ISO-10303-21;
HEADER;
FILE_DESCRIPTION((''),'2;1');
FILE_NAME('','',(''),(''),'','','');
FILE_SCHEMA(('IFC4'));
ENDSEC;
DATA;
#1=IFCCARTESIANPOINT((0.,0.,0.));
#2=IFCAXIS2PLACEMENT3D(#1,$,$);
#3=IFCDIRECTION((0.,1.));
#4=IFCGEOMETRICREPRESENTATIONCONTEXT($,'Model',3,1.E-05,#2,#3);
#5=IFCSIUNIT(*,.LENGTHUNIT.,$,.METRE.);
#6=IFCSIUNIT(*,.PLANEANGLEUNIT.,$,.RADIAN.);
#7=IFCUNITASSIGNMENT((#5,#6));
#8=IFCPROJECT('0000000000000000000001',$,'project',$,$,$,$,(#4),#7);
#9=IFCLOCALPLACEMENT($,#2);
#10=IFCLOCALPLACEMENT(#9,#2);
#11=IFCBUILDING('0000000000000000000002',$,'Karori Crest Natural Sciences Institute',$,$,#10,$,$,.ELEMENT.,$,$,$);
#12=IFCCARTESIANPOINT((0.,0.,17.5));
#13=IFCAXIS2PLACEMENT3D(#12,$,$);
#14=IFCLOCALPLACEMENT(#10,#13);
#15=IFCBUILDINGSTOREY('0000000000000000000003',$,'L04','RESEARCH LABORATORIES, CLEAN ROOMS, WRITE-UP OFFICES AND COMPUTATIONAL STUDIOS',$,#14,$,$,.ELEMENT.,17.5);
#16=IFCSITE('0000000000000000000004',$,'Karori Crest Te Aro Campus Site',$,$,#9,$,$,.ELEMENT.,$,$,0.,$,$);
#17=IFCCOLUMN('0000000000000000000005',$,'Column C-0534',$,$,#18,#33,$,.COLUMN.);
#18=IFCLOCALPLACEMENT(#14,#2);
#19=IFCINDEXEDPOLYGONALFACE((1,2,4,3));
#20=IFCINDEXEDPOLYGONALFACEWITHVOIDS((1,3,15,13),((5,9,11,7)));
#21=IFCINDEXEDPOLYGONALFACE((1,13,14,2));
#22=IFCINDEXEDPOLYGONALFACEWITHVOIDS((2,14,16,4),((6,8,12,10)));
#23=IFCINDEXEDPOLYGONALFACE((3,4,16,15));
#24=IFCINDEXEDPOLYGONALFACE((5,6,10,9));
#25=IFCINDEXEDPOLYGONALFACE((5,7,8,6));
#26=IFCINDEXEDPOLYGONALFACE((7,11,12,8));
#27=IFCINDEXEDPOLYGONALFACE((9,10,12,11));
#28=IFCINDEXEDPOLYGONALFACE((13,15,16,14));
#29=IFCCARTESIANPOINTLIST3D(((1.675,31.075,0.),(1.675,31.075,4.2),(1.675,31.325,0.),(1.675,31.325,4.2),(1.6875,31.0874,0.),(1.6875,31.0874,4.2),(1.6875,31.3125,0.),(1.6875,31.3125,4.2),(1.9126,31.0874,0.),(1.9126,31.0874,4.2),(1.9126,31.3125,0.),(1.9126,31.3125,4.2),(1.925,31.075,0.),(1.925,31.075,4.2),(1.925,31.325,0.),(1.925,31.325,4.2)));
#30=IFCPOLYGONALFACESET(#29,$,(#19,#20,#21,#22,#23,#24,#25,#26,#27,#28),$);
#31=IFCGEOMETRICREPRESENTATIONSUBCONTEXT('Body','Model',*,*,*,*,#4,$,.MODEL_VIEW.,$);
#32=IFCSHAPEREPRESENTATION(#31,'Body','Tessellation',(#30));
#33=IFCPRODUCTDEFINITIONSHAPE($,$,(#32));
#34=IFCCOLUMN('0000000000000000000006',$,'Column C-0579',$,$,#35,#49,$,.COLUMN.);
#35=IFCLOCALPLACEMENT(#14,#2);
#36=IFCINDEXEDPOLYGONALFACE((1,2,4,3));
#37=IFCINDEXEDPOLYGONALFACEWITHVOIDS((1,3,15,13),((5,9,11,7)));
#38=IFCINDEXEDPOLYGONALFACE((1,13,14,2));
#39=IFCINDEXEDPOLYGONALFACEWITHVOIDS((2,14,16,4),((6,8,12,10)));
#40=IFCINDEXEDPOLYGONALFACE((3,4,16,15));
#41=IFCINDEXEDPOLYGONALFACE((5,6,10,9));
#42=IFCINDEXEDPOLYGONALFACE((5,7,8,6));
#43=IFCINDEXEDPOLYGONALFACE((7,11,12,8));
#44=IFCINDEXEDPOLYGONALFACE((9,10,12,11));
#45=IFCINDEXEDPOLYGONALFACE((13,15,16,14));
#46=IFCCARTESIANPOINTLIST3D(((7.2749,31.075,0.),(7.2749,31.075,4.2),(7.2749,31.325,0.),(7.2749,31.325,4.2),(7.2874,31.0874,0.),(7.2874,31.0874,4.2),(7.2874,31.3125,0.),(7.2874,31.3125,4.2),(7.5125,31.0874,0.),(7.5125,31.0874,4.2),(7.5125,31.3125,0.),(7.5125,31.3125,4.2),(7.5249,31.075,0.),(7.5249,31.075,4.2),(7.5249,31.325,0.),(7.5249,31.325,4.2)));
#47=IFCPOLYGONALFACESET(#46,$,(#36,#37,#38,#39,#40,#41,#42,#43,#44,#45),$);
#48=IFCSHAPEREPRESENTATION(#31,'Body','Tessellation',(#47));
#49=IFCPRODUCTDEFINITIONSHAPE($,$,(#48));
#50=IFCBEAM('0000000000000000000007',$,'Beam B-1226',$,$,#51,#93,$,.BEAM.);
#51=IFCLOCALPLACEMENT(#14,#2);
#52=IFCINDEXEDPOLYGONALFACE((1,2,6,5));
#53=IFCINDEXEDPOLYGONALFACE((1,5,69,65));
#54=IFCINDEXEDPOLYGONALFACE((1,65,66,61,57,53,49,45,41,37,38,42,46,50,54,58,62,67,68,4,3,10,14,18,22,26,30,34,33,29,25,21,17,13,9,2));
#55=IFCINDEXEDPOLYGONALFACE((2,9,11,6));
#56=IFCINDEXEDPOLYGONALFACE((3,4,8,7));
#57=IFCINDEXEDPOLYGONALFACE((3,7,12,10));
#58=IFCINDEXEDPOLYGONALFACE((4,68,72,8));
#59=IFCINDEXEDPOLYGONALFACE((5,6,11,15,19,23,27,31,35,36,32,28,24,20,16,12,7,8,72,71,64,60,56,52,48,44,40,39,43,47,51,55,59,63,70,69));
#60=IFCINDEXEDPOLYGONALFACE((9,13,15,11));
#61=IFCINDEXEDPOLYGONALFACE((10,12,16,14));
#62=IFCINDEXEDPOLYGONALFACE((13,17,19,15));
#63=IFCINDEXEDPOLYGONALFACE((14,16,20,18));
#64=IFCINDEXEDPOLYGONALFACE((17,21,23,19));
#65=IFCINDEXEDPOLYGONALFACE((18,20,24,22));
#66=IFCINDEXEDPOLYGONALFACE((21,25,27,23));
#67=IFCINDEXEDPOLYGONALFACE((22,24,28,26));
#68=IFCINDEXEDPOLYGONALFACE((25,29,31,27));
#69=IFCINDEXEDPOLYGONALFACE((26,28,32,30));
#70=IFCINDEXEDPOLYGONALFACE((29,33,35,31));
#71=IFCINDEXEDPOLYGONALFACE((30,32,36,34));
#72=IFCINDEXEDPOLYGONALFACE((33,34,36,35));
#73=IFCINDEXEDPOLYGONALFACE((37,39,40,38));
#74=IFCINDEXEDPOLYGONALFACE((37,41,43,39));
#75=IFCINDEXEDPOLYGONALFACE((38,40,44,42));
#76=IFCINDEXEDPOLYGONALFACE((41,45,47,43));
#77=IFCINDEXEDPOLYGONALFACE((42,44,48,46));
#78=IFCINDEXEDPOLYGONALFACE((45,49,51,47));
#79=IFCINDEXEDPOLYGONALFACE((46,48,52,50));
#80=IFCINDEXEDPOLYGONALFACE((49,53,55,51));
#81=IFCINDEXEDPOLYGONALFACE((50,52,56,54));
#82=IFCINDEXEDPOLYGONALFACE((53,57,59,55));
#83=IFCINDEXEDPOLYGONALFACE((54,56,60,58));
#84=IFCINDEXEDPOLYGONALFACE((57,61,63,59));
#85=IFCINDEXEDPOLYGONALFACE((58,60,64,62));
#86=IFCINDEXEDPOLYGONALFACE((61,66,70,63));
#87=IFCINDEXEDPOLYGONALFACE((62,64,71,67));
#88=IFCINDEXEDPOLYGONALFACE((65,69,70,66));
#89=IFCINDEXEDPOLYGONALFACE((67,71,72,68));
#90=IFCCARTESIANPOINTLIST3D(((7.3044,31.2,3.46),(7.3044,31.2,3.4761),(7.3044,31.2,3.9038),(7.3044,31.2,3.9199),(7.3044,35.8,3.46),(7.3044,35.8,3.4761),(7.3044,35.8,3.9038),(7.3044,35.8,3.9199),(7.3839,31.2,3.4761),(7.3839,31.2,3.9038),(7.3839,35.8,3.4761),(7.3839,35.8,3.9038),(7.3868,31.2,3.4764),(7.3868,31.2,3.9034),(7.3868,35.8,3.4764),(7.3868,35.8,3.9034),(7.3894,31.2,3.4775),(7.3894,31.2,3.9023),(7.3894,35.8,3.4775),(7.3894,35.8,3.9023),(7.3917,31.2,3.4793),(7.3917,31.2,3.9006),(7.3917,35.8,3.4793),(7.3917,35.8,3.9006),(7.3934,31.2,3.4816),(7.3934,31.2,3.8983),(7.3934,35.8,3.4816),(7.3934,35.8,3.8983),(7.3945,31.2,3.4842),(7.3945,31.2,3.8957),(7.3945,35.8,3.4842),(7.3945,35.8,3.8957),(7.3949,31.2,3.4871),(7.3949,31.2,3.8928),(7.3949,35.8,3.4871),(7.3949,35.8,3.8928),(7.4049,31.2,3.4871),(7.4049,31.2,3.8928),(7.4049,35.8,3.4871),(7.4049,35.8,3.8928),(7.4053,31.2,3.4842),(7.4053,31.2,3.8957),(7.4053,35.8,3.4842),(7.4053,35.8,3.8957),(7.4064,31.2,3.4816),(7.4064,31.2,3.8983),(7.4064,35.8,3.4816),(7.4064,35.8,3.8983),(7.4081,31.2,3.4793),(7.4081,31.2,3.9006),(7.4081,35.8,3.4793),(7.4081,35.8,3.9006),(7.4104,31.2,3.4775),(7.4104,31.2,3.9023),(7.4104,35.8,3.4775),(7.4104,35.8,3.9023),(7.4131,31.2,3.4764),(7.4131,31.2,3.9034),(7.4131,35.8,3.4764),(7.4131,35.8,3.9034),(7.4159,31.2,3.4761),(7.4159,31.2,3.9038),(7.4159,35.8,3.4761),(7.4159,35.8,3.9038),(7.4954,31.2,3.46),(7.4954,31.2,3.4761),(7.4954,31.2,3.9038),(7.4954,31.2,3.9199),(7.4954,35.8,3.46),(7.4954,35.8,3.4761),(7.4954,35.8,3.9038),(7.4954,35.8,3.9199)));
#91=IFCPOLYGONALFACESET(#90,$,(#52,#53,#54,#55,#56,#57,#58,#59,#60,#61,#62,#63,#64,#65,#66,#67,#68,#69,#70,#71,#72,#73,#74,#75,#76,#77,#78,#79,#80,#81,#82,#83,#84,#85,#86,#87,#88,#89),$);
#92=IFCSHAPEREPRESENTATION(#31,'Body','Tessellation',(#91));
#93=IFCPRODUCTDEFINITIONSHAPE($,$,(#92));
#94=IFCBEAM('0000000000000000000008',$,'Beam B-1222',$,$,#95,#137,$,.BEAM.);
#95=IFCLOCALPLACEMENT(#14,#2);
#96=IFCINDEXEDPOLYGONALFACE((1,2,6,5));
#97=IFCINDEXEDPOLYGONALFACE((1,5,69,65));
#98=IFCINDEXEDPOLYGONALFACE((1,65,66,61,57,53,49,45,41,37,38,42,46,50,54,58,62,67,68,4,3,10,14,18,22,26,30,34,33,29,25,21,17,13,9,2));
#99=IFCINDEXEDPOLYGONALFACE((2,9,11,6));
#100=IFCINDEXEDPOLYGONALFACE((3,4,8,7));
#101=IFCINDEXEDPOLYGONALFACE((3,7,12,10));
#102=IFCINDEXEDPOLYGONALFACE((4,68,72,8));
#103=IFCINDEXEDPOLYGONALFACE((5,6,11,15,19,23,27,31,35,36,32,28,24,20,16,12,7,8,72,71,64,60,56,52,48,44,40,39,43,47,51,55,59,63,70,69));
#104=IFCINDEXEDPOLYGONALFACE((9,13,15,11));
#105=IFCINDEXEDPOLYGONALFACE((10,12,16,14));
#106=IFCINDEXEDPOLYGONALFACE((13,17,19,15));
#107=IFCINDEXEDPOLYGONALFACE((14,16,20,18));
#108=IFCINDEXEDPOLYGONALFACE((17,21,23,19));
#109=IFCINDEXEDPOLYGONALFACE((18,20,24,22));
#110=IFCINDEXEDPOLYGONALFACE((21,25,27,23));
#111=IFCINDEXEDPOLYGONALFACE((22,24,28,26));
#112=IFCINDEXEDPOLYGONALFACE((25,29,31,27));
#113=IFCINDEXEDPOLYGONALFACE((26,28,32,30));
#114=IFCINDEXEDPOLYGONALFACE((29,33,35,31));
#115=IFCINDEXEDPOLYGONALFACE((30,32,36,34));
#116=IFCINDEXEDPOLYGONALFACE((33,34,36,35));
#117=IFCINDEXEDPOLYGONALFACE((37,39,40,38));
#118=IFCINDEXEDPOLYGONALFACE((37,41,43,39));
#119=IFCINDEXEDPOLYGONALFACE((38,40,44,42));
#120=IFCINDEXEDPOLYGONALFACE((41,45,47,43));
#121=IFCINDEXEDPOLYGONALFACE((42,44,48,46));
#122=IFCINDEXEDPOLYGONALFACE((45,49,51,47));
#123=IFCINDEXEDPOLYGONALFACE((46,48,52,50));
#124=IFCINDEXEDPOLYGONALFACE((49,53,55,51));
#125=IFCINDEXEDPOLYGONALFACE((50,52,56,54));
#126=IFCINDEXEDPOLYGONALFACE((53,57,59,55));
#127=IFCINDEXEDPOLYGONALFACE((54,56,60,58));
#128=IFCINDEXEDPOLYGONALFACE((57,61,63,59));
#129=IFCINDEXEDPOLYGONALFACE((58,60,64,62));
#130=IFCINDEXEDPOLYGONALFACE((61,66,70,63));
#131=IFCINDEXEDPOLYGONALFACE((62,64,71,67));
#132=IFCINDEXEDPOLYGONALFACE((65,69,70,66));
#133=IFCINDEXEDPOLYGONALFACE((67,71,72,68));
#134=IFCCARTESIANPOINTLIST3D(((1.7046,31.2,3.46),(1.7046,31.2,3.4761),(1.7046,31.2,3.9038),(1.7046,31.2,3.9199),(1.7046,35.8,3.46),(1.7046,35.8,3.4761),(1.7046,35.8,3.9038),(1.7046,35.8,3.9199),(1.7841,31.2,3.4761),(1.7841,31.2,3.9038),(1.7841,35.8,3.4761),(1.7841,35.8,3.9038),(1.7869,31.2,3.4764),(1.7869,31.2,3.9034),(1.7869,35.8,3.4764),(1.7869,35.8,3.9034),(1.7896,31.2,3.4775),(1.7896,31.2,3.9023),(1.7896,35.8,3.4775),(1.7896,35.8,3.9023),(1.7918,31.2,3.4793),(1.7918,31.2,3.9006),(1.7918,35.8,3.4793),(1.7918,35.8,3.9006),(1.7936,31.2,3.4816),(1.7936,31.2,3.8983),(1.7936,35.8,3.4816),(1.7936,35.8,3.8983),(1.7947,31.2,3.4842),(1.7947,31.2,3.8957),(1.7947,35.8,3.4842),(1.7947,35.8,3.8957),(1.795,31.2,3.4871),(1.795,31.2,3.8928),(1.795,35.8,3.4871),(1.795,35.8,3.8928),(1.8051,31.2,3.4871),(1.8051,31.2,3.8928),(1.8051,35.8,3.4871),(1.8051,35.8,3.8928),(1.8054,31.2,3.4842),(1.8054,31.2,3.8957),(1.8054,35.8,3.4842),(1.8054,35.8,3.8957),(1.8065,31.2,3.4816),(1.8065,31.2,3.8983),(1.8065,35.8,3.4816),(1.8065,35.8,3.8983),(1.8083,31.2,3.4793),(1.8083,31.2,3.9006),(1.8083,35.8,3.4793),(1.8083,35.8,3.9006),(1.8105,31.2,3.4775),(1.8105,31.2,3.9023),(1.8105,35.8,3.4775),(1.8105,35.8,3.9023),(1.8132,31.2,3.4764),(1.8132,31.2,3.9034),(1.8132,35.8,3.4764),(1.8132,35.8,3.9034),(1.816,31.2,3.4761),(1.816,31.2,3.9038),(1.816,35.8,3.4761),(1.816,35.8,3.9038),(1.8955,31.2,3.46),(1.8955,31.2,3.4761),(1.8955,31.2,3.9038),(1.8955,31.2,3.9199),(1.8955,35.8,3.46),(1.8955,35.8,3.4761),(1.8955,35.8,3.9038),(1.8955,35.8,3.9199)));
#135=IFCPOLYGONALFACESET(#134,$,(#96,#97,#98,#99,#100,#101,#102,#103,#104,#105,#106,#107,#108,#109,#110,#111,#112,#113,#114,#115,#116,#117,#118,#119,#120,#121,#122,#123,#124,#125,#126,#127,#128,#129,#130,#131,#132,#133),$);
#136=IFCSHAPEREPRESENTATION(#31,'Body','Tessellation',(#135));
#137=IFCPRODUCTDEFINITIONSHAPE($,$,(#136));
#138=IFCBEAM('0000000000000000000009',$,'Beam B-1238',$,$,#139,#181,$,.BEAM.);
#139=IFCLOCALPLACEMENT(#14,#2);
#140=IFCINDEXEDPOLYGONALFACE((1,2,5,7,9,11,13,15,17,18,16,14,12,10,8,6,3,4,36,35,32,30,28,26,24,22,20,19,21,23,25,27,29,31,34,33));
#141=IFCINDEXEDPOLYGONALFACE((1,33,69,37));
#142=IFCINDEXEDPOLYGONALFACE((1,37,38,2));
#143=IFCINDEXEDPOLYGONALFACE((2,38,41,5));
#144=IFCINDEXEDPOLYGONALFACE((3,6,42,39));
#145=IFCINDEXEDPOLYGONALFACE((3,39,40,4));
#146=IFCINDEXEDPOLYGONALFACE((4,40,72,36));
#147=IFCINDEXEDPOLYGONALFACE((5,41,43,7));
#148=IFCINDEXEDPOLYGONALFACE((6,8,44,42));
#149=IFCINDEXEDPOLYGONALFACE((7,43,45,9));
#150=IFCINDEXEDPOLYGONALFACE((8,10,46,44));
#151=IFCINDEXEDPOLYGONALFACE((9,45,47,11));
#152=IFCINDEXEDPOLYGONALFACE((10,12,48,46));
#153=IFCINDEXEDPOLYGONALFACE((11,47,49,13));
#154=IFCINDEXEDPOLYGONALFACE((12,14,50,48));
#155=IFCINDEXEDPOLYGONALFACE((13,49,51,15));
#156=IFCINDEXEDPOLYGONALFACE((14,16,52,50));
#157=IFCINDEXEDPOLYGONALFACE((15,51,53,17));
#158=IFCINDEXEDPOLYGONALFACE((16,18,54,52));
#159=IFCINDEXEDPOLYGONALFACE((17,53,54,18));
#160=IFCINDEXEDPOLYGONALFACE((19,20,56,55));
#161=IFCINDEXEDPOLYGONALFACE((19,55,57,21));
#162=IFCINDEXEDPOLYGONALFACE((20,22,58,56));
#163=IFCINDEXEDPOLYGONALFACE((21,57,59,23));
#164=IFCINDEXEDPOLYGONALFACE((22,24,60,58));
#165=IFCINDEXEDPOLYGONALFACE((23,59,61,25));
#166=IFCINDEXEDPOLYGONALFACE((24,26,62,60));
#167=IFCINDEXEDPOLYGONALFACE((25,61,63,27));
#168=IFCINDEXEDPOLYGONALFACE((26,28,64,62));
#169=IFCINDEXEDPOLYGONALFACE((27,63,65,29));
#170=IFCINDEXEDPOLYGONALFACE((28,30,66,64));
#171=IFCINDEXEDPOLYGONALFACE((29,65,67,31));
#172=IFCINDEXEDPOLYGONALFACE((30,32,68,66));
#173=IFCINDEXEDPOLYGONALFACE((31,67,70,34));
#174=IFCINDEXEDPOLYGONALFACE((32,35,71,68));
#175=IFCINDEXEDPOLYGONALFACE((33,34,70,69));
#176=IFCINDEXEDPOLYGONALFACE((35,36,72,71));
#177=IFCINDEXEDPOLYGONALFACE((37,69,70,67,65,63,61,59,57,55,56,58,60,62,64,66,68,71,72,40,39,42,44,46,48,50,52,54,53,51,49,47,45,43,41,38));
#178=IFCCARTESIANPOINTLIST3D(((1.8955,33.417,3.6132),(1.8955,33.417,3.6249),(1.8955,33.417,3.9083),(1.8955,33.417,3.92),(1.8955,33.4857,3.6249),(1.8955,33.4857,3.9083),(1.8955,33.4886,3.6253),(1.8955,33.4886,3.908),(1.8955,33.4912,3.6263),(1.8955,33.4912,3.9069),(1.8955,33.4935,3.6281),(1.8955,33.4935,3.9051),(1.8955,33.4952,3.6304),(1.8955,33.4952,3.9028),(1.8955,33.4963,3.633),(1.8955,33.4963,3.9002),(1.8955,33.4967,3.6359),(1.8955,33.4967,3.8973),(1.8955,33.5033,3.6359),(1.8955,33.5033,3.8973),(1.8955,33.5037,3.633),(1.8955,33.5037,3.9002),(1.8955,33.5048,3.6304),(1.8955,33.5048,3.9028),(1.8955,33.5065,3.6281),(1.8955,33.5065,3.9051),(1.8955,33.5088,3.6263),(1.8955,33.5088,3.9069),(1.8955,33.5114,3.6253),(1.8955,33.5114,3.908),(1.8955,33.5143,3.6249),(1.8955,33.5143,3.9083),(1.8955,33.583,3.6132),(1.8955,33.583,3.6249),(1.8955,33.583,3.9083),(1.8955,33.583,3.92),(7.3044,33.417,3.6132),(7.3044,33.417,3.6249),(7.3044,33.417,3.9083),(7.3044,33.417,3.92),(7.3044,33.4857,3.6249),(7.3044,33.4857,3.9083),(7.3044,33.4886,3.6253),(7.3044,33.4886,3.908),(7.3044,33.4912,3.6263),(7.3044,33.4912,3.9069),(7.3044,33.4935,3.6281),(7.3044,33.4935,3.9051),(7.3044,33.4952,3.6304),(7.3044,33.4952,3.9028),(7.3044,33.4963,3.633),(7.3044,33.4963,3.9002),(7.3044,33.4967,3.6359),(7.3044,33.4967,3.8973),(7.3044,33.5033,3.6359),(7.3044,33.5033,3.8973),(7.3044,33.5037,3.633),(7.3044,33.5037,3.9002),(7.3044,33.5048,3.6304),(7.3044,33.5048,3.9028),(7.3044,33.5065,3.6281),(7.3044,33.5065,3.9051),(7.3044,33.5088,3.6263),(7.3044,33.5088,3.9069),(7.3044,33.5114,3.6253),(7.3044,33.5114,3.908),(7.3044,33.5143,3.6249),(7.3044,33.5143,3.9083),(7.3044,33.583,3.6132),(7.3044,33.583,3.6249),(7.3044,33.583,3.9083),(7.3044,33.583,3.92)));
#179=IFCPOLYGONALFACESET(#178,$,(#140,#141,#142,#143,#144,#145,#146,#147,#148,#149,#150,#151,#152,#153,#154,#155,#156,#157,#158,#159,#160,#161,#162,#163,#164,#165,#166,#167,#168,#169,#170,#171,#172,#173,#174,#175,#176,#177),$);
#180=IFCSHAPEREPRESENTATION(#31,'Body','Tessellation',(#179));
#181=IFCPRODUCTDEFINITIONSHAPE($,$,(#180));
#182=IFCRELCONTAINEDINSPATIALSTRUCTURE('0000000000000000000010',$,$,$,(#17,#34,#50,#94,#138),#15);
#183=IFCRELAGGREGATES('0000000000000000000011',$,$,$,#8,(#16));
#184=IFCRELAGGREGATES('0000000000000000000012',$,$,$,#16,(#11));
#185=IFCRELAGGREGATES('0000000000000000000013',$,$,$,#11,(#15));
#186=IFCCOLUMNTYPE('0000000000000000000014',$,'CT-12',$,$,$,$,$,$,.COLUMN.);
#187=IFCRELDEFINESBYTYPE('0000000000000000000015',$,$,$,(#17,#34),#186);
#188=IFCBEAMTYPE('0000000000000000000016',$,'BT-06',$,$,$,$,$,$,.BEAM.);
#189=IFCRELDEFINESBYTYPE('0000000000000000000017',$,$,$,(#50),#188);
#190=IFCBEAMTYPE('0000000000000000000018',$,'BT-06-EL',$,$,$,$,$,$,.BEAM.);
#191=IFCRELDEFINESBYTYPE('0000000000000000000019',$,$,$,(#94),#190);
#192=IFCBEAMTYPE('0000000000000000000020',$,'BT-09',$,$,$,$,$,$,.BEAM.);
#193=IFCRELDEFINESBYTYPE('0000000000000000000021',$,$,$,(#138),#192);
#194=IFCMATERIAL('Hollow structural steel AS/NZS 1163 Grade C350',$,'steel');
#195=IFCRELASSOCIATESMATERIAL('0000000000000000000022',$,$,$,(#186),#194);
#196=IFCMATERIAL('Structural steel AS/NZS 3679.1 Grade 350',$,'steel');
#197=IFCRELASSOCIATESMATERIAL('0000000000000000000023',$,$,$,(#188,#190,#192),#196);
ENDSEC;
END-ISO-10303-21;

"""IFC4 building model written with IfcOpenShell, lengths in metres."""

from ifc_helpers import new_model, si_unit, direction, frame, origin, origin_2d, place, context, subcontext, project, spatial, hollow_rectangle, i_section, extrude, material, material_profile, profile_set, type_object, element, save


model = new_model("IFC4")

# Units and contexts
model_context = context("Model", 3, precision=1e-05, world=origin(), true_north=direction((0.0, 1.0)))
body_context = subcontext(model_context, "Body", "Model", "MODEL_VIEW")
ifc_project = project(units=[si_unit("LENGTHUNIT", "METRE"), si_unit("PLANEANGLEUNIT", "RADIAN")], contexts=[model_context])

# Site, building, storey
site_placement = place(None, origin())
site = spatial("IfcSite", under=ifc_project, at=site_placement, Name="Karori Crest Te Aro Campus Site", CompositionType="ELEMENT", RefElevation=0.0)
building_placement = place(site_placement, origin())
building = spatial("IfcBuilding", under=site, at=building_placement, Name="Karori Crest Natural Sciences Institute", CompositionType="ELEMENT")
storey_placement = place(building_placement, frame((0.0, 0.0, 17.5)))
storey = spatial("IfcBuildingStorey", under=building, at=storey_placement, Name="L04", Description="RESEARCH LABORATORIES, CLEAN ROOMS, WRITE-UP OFFICES AND COMPUTATIONAL STUDIOS", CompositionType="ELEMENT", Elevation=17.5)

# Columns
ifc_material_1 = material(Name="Hollow structural steel AS/NZS 1163 Grade C350", Category="steel")
ifc_material_profile_1 = material_profile(ifc_material_1, hollow_rectangle(XDim=0.25, YDim=0.25, WallThickness=0.0125, at=origin_2d()), Name="SHS250x250x12.5")
ifc_profile_set_1 = profile_set([ifc_material_profile_1], Name="Hollow structural steel AS/NZS 1163 Grade C350")
column_type = type_object("IfcColumnType", Name="CT-12", PredefinedType="COLUMN", material=ifc_profile_set_1)
for number, where, z_axis, x_axis, name in (
    (1, (1.8, 31.2, 0.0), (0.0, 0.0, 1.0), (1.0, 0.0, 0.0), "Column C-0534"),
    (2, (7.3999, 31.2, 0.0), (0.0, 0.0, 1.0), (1.0, 0.0, 0.0), "Column C-0579"),
):
    element("IfcColumn", number, at=place(storey_placement, frame(where, z_axis=z_axis, x_axis=x_axis)), inside=storey, type_object=column_type, Name=name, PredefinedType="COLUMN", context=body_context, shape_type="SweptSolid", body=[
        extrude(hollow_rectangle(XDim=0.25, YDim=0.25, WallThickness=0.0125, at=origin_2d()), origin(), (0.0, 0.0, 1.0), 4.2),
    ])

# Beams
ifc_material_2 = material(Name="Structural steel AS/NZS 3679.1 Grade 350", Category="steel")
ifc_material_profile_2 = material_profile(ifc_material_2, i_section(OverallWidth=0.1909, OverallDepth=0.46, WebThickness=0.01, FlangeThickness=0.0161, FilletRadius=0.011, at=origin_2d()), Name="460UB82.1")
ifc_profile_set_2 = profile_set([ifc_material_profile_2], Name="Structural steel AS/NZS 3679.1 Grade 350")
beam_type_1 = type_object("IfcBeamType", Name="BT-06", PredefinedType="BEAM", material=ifc_profile_set_2)
beam_1_placement = place(storey_placement, frame((7.3999, 31.2, 3.6899), z_axis=(0.0, 1.0, 0.0), x_axis=(-1.0, 0.0, 0.0)))
element("IfcBeam", 3, at=beam_1_placement, inside=storey, type_object=beam_type_1, Name="Beam B-1226", PredefinedType="BEAM", context=body_context, shape_type="SweptSolid", body=[
    extrude(i_section(OverallWidth=0.1909, OverallDepth=0.46, WebThickness=0.01, FlangeThickness=0.0161, FilletRadius=0.011, at=origin_2d()), origin(), (0.0, 0.0, 1.0), 4.6001),
])
ifc_material_profile_3 = material_profile(ifc_material_2, i_section(OverallWidth=0.1909, OverallDepth=0.46, WebThickness=0.01, FlangeThickness=0.0161, FilletRadius=0.011, at=origin_2d()), Name="460UB82.1")
ifc_profile_set_3 = profile_set([ifc_material_profile_3], Name="Structural steel AS/NZS 3679.1 Grade 350")
beam_type_2 = type_object("IfcBeamType", Name="BT-06-EL", PredefinedType="BEAM", material=ifc_profile_set_3)
beam_2_placement = place(storey_placement, frame((1.8, 31.2, 3.6899), z_axis=(0.0, 1.0, 0.0), x_axis=(-1.0, 0.0, 0.0)))
element("IfcBeam", 4, at=beam_2_placement, inside=storey, type_object=beam_type_2, Name="Beam B-1222", PredefinedType="BEAM", context=body_context, shape_type="SweptSolid", body=[
    extrude(i_section(OverallWidth=0.1909, OverallDepth=0.46, WebThickness=0.01, FlangeThickness=0.0161, FilletRadius=0.011, at=origin_2d()), origin(), (0.0, 0.0, 1.0), 4.6001),
])
ifc_material_profile_4 = material_profile(ifc_material_2, i_section(OverallWidth=0.166, OverallDepth=0.3069, WebThickness=0.0066, FlangeThickness=0.0117, FilletRadius=0.011, at=origin_2d()), Name="310UB46.2")
ifc_profile_set_4 = profile_set([ifc_material_profile_4], Name="Structural steel AS/NZS 3679.1 Grade 350")
beam_type_3 = type_object("IfcBeamType", Name="BT-09", PredefinedType="BEAM", material=ifc_profile_set_4)
beam_3_placement = place(storey_placement, frame((1.8955, 33.5, 3.7666), z_axis=(1.0, 0.0, 0.0), x_axis=(0.0, 1.0, 0.0)))
element("IfcBeam", 5, at=beam_3_placement, inside=storey, type_object=beam_type_3, Name="Beam B-1238", PredefinedType="BEAM", context=body_context, shape_type="SweptSolid", body=[
    extrude(i_section(OverallWidth=0.166, OverallDepth=0.3069, WebThickness=0.0066, FlangeThickness=0.0117, FilletRadius=0.011, at=origin_2d()), origin(), (0.0, 0.0, 1.0), 5.4089),
])

save(model, "model.ifc")
